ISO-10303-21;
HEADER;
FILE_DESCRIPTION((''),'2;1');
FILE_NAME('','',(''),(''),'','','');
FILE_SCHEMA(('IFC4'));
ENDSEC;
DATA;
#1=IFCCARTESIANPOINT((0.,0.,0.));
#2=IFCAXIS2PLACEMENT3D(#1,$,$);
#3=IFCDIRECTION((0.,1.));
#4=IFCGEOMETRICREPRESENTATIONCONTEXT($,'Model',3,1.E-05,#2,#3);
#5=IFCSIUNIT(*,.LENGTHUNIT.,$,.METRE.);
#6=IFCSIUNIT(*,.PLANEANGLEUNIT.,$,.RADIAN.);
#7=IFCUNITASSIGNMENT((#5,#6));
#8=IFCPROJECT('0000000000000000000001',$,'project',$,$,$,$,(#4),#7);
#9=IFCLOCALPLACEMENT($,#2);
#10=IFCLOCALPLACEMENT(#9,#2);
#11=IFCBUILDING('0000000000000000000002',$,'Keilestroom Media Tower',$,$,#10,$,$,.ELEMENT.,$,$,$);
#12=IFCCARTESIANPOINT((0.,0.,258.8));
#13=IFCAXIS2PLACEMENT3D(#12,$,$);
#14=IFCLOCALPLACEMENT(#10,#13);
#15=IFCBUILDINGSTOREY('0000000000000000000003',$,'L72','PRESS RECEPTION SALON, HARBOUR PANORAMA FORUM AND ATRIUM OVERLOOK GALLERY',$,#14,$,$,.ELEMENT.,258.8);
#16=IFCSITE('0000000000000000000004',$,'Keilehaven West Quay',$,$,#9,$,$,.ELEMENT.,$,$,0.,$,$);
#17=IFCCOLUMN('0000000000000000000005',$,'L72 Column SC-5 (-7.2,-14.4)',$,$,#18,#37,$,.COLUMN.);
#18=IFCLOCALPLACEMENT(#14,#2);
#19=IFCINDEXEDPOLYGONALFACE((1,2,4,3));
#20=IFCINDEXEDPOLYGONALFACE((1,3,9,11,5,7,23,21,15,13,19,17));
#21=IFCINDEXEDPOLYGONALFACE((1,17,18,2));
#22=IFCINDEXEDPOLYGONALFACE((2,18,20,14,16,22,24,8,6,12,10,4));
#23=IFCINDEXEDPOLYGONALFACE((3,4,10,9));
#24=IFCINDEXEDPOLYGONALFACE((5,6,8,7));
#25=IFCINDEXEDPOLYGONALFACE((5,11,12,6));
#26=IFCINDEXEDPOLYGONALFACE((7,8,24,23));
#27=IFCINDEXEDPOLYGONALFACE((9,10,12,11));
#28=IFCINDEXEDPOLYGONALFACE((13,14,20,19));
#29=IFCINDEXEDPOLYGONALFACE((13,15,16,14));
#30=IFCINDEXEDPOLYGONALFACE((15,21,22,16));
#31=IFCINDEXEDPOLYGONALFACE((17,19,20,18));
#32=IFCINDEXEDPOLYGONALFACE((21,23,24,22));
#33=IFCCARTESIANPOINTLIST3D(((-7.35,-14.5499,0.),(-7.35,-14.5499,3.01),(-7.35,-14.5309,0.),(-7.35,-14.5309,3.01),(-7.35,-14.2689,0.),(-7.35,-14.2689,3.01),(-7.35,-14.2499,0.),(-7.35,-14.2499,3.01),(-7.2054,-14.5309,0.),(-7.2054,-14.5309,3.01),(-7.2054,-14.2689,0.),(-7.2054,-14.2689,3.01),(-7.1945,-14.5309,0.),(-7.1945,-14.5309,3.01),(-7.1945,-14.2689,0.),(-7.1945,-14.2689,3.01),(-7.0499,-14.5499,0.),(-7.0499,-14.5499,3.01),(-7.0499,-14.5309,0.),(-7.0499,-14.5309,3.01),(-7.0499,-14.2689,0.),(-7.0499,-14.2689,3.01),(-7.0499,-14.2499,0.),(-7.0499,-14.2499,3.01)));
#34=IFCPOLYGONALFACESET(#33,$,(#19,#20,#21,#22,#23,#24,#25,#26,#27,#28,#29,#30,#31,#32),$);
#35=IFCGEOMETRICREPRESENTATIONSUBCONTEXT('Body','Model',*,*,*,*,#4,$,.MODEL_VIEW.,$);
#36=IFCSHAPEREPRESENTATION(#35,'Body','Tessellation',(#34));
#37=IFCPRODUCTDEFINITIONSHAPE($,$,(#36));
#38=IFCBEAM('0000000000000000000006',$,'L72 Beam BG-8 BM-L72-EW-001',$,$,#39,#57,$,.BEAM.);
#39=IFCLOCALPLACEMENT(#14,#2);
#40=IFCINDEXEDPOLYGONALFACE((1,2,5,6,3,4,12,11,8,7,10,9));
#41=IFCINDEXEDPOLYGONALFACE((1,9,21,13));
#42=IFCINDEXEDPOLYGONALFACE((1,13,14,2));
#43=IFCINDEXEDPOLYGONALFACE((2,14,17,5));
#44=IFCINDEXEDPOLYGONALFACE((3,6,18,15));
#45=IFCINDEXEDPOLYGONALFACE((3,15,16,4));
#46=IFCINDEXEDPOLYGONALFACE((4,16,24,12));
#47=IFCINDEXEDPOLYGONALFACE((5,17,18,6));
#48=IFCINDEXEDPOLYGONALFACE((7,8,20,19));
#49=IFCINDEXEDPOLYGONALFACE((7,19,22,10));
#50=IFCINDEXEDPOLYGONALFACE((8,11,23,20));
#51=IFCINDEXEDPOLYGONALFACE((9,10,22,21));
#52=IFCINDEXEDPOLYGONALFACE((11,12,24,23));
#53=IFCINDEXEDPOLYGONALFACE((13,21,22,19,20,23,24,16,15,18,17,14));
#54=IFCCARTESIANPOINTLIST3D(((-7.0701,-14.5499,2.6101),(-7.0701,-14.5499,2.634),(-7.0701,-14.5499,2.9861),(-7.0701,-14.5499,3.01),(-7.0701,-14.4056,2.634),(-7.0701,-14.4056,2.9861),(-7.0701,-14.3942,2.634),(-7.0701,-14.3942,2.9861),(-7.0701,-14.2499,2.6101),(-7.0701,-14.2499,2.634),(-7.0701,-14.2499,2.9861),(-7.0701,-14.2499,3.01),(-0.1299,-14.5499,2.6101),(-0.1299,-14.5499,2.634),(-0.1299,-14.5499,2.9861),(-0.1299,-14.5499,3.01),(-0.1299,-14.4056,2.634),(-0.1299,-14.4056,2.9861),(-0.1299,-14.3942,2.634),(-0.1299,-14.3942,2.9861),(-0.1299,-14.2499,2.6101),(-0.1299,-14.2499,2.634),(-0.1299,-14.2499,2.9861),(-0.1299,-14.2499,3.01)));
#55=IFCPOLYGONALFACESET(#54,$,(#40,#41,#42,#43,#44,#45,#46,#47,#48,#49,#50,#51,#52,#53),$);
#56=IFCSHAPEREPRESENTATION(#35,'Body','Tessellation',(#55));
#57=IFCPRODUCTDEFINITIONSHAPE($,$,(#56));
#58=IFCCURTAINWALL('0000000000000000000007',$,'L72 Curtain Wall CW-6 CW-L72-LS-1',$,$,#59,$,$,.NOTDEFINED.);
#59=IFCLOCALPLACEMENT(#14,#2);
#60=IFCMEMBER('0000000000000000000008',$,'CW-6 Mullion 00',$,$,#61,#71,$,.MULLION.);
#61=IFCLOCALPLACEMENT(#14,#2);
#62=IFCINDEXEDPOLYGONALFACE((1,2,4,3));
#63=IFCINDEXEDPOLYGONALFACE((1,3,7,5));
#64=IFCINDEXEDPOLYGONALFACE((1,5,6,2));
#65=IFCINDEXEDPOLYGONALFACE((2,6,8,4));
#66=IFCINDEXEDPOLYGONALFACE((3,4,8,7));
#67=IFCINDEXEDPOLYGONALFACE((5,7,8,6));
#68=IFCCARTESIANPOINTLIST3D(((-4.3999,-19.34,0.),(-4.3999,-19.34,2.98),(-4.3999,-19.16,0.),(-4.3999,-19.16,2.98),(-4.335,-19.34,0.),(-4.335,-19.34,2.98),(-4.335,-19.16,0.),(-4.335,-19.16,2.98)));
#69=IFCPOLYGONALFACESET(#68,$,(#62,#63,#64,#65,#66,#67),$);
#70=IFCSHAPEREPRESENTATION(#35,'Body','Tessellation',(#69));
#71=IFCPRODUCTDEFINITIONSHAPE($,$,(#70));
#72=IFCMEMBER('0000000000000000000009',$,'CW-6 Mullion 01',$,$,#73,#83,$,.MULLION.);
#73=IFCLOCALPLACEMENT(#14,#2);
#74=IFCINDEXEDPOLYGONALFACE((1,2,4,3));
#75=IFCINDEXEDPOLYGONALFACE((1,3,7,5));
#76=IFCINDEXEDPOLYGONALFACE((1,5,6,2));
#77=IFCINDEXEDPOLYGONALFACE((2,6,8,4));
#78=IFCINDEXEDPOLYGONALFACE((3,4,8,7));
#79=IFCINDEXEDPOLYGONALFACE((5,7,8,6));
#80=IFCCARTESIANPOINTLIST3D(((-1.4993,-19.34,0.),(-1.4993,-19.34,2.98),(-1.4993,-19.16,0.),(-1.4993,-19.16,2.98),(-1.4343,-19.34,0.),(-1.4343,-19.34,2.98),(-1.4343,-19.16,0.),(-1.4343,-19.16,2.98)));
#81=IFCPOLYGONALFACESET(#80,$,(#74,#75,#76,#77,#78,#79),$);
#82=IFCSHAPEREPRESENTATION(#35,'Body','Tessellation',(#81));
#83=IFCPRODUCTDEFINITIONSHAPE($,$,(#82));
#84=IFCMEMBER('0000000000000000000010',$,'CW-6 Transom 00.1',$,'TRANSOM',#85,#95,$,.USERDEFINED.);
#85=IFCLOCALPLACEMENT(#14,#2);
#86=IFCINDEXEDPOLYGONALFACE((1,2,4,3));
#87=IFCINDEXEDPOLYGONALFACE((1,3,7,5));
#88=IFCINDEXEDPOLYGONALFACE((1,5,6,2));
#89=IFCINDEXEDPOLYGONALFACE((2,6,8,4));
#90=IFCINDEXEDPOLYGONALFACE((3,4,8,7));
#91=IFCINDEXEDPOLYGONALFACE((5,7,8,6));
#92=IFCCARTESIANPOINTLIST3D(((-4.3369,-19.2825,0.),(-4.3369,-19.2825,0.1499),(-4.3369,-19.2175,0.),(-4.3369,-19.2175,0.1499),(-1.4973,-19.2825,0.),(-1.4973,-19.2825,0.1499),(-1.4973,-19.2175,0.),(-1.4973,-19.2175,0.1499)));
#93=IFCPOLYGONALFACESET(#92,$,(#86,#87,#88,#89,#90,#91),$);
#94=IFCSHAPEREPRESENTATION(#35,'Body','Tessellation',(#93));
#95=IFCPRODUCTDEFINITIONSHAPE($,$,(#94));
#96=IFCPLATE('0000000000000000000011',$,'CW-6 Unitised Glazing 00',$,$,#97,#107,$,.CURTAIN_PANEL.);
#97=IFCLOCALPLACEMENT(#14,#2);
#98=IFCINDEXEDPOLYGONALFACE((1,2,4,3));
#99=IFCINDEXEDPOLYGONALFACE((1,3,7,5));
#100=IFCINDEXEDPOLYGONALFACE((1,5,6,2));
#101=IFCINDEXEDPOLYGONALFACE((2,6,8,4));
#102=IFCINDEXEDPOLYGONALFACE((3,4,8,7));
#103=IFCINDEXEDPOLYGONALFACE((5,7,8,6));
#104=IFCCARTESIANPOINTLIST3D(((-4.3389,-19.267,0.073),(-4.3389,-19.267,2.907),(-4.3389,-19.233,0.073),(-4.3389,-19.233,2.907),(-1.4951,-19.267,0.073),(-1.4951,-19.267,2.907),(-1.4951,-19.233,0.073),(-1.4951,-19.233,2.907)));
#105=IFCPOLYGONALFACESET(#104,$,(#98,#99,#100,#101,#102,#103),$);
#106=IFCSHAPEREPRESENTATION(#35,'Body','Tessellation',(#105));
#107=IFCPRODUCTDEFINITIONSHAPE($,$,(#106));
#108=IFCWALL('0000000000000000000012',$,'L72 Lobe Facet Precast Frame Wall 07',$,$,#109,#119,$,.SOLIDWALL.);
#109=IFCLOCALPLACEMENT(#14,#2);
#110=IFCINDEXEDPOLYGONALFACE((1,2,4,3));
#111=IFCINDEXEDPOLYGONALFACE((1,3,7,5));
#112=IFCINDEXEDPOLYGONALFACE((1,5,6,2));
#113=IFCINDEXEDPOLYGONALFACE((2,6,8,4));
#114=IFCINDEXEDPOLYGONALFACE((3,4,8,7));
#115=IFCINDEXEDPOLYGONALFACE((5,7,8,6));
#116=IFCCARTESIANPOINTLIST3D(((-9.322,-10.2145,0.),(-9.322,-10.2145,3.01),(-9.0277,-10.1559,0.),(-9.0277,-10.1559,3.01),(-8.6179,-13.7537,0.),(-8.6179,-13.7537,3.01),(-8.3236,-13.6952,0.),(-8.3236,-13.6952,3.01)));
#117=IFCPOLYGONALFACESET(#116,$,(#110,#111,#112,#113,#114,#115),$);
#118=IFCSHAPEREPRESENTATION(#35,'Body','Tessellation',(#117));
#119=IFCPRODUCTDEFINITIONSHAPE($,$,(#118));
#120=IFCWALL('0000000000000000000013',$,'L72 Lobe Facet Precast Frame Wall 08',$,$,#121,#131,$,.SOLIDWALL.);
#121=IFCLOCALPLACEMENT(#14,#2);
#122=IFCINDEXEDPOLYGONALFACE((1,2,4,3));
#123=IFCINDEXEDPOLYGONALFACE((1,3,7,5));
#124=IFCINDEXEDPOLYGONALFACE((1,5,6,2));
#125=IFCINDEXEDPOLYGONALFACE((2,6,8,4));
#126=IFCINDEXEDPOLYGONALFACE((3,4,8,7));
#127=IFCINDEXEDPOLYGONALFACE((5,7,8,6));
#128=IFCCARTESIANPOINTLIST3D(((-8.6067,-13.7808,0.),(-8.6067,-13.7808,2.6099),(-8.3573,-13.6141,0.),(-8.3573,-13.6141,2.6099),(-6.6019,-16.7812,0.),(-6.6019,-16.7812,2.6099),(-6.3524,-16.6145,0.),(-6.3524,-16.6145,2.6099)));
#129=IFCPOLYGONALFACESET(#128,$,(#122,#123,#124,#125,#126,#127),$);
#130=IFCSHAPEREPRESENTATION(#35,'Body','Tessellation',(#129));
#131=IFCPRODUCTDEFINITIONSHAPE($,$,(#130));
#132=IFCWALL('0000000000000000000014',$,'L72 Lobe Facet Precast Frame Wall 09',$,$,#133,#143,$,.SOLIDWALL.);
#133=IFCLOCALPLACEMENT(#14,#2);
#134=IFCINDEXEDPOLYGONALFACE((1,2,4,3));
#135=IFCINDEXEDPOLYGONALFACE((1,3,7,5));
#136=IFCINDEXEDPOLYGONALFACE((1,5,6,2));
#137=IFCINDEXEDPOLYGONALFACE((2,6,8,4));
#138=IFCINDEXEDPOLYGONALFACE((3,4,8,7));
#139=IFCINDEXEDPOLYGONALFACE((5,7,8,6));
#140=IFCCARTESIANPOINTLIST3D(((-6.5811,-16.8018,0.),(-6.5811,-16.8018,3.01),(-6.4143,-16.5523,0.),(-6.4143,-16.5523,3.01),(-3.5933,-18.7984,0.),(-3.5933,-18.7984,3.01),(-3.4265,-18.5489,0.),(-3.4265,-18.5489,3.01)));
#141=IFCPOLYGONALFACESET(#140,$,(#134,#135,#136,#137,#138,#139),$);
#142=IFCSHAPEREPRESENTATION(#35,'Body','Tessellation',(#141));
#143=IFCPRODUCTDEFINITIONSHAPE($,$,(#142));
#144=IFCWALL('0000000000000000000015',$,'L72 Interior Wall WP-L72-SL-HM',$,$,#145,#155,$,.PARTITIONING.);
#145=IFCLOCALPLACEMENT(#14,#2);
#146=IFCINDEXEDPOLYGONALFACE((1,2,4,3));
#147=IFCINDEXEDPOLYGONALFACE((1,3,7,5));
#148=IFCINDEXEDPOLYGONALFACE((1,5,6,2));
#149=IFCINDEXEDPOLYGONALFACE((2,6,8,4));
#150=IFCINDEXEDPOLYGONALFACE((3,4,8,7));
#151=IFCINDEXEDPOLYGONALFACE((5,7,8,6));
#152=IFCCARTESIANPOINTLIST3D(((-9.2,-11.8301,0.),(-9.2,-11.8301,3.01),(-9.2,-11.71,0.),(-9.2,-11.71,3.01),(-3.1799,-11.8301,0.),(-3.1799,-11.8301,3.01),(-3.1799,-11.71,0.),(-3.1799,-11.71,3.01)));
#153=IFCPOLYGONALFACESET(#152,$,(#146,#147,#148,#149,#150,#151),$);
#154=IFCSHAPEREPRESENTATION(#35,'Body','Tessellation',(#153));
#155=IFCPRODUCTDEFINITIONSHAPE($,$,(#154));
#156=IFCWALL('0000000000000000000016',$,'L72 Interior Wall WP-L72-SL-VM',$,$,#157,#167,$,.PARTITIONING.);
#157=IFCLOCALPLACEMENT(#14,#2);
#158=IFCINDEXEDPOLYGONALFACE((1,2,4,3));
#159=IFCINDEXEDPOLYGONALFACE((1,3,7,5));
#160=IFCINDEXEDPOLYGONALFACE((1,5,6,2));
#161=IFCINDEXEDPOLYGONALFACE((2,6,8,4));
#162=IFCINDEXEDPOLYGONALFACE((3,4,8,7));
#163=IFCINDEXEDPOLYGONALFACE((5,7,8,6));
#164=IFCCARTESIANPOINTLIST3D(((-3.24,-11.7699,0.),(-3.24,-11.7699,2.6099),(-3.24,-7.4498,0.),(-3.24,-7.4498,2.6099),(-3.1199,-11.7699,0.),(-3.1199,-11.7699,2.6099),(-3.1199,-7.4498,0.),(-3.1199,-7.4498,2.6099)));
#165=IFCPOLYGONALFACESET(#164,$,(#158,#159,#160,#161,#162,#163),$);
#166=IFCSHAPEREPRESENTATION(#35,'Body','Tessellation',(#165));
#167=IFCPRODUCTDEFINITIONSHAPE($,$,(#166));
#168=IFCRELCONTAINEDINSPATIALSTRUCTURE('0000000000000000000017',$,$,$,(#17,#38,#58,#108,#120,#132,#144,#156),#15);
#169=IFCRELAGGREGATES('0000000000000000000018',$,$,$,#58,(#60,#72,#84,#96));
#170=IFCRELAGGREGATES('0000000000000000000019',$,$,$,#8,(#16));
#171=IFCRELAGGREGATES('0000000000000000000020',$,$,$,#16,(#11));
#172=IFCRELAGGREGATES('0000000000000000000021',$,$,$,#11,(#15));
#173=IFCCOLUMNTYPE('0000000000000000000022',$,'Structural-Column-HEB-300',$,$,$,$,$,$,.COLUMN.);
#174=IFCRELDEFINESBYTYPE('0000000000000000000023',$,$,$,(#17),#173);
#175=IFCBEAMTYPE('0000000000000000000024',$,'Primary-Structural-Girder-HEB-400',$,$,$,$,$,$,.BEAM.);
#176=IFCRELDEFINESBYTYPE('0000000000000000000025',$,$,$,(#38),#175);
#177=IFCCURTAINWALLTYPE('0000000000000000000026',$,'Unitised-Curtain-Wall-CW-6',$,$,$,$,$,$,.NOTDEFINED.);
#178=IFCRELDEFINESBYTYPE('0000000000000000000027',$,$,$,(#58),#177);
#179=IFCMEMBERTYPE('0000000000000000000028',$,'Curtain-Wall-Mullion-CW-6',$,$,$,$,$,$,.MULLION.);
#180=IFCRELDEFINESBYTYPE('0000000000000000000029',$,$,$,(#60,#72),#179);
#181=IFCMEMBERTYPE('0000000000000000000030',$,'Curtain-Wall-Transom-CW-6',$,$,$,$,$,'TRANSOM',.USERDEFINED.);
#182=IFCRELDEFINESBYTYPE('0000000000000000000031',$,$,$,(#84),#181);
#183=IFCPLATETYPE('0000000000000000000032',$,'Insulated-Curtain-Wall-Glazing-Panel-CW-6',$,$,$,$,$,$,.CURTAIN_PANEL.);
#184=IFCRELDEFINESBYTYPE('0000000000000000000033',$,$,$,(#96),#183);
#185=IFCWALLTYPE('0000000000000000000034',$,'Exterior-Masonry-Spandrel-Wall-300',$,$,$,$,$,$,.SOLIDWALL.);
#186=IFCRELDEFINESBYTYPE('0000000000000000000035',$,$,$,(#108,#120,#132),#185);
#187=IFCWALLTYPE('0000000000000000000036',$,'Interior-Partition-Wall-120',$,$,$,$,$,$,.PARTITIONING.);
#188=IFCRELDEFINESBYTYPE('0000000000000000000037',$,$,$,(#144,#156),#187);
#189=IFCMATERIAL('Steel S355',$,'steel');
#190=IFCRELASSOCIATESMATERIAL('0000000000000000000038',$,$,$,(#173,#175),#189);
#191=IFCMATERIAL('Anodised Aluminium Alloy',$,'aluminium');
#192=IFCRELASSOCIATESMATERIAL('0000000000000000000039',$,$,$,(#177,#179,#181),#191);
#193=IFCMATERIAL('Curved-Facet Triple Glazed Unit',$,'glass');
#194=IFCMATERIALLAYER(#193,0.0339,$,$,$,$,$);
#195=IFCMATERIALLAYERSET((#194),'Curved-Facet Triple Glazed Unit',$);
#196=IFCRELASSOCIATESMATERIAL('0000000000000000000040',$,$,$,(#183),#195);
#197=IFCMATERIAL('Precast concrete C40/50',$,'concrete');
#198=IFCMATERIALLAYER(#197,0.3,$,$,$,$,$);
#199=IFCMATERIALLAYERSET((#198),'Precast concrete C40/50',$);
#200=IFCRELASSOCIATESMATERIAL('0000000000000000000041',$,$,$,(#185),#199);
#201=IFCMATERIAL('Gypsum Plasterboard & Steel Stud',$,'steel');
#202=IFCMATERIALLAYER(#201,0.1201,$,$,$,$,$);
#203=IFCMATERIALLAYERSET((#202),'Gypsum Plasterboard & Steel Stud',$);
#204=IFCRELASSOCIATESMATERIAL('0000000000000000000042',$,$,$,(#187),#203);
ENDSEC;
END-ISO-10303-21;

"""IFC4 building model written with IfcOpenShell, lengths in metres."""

from ifc_helpers import new_model, si_unit, direction, frame, frame_2d, origin, origin_2d, place, context, subcontext, project, spatial, rectangle, i_section, extrude, source, transform, mapped, material, layer, layer_set, material_profile, profile_set, type_object, element, aggregate, save


model = new_model("IFC4")

# Units and contexts
model_context = context("Model", 3, precision=1e-05, world=origin(), true_north=direction((0.0, 1.0)))
body_context = subcontext(model_context, "Body", "Model", "MODEL_VIEW")
ifc_project = project(units=[si_unit("LENGTHUNIT", "METRE"), si_unit("PLANEANGLEUNIT", "RADIAN")], contexts=[model_context])

# Site, building, storey
site_placement = place(None, origin())
site = spatial("IfcSite", under=ifc_project, at=site_placement, Name="Keilehaven West Quay", CompositionType="ELEMENT", RefElevation=0.0)
building_placement = place(site_placement, origin())
building = spatial("IfcBuilding", under=site, at=building_placement, Name="Keilestroom Media Tower", CompositionType="ELEMENT")
storey_placement = place(building_placement, frame((0.0, 0.0, 258.8)))
storey = spatial("IfcBuildingStorey", under=building, at=storey_placement, Name="L72", Description="PRESS RECEPTION SALON, HARBOUR PANORAMA FORUM AND ATRIUM OVERLOOK GALLERY", CompositionType="ELEMENT", Elevation=258.8)

# Column
ifc_material_1 = material(Name="Steel S355", Category="steel")
ifc_material_profile_1 = material_profile(ifc_material_1, i_section(OverallWidth=0.3, OverallDepth=0.3, WebThickness=0.011, FlangeThickness=0.019, at=origin_2d()), Name="HEB 300")
ifc_profile_set_1 = profile_set([ifc_material_profile_1], Name="Steel S355")
column_type = type_object("IfcColumnType", Name="Structural-Column-HEB-300", PredefinedType="COLUMN", material=ifc_profile_set_1)
shared_shape_1 = source(origin(), body_context, "Body", "SweptSolid", [
    extrude(i_section(OverallWidth=0.3, OverallDepth=0.3, WebThickness=0.011, FlangeThickness=0.019, at=origin_2d()), origin(), (0.0, 0.0, 1.0), 3.01),
])
column_placement = place(storey_placement, frame((-7.2, -14.3999, 0.0), z_axis=(0.0, 0.0, 1.0), x_axis=(1.0, 0.0, 0.0)))
element("IfcColumn", 1, at=column_placement, inside=storey, type_object=column_type, Name="L72 Column SC-5 (-7.2,-14.4)", PredefinedType="COLUMN", context=body_context, shape_type="MappedRepresentation", body=[
    mapped(shared_shape_1, transform((0.0, 0.0, 0.0), x_axis=(1.0, 0.0, 0.0), y_axis=(0.0, 1.0, 0.0), z_axis=(0.0, 0.0, 1.0), scale=1.0)),
])

# Beam
ifc_material_profile_2 = material_profile(ifc_material_1, i_section(OverallWidth=0.3, OverallDepth=0.3999, WebThickness=0.0115, FlangeThickness=0.0239, at=origin_2d()), Name="HEB 400")
ifc_profile_set_2 = profile_set([ifc_material_profile_2], Name="Steel S355")
beam_type = type_object("IfcBeamType", Name="Primary-Structural-Girder-HEB-400", PredefinedType="BEAM", material=ifc_profile_set_2)
shared_shape_2 = source(origin(), body_context, "Body", "SweptSolid", [
    extrude(i_section(OverallWidth=0.3, OverallDepth=0.3999, WebThickness=0.0115, FlangeThickness=0.0239, at=origin_2d()), origin(), (0.0, 0.0, 1.0), 6.9402),
])
beam_placement = place(storey_placement, frame((-7.0701, -14.3999, 2.8101), z_axis=(1.0, 0.0, 0.0), x_axis=(0.0, 1.0, 0.0)))
element("IfcBeam", 2, at=beam_placement, inside=storey, type_object=beam_type, Name="L72 Beam BG-8 BM-L72-EW-001", PredefinedType="BEAM", context=body_context, shape_type="MappedRepresentation", body=[
    mapped(shared_shape_2, transform((0.0, 0.0, 0.0), x_axis=(1.0, 0.0, 0.0), y_axis=(0.0, 1.0, 0.0), z_axis=(0.0, 0.0, 1.0), scale=1.0)),
])

# Curtain wall, members, plate
ifc_material_2 = material(Name="Anodised Aluminium Alloy", Category="aluminium")
curtain_wall_type = type_object("IfcCurtainWallType", Name="Unitised-Curtain-Wall-CW-6", PredefinedType="NOTDEFINED", material=ifc_material_2)
curtain_wall_placement = place(storey_placement, origin())
curtain_wall = element("IfcCurtainWall", 3, at=curtain_wall_placement, inside=storey, type_object=curtain_wall_type, Name="L72 Curtain Wall CW-6 CW-L72-LS-1", PredefinedType="NOTDEFINED")
ifc_material_profile_3 = material_profile(ifc_material_2, rectangle(XDim=0.0649, YDim=0.1799, at=origin_2d()), Name="ALU MULLION 65x180")
ifc_profile_set_3 = profile_set([ifc_material_profile_3], Name="Anodised Aluminium Alloy")
member_type_1 = type_object("IfcMemberType", Name="Curtain-Wall-Mullion-CW-6", PredefinedType="MULLION", material=ifc_profile_set_3)
shared_shape_3 = source(origin(), body_context, "Body", "SweptSolid", [
    extrude(rectangle(XDim=0.0649, YDim=0.1799, at=origin_2d()), origin(), (0.0, 0.0, 1.0), 2.98),
])
member_1_placement = place(storey_placement, frame((-4.3674, -19.25, 0.0), z_axis=(0.0, 0.0, 1.0), x_axis=(1.0, 0.0, 0.0)))
member_1 = element("IfcMember", 4, at=member_1_placement, type_object=member_type_1, Name="CW-6 Mullion 00", PredefinedType="MULLION", context=body_context, shape_type="MappedRepresentation", body=[
    mapped(shared_shape_3, transform((0.0, 0.0, 0.0), x_axis=(1.0, 0.0, 0.0), y_axis=(0.0, 1.0, 0.0), z_axis=(0.0, 0.0, 1.0), scale=1.0)),
])
member_2_placement = place(storey_placement, frame((-1.4668, -19.25, 0.0), z_axis=(0.0, 0.0, 1.0), x_axis=(1.0, 0.0, 0.0)))
member_2 = element("IfcMember", 5, at=member_2_placement, type_object=member_type_1, Name="CW-6 Mullion 01", PredefinedType="MULLION", context=body_context, shape_type="MappedRepresentation", body=[
    mapped(shared_shape_3, transform((0.0, 0.0, 0.0), x_axis=(1.0, 0.0, 0.0), y_axis=(0.0, 1.0, 0.0), z_axis=(0.0, 0.0, 1.0), scale=1.0)),
])
ifc_material_profile_4 = material_profile(ifc_material_2, rectangle(XDim=0.0649, YDim=0.1499, at=origin_2d()), Name="ALU TRANSOM 65x150")
ifc_profile_set_4 = profile_set([ifc_material_profile_4], Name="Anodised Aluminium Alloy")
member_type_2 = type_object("IfcMemberType", Name="Curtain-Wall-Transom-CW-6", ElementType="TRANSOM", PredefinedType="USERDEFINED", material=ifc_profile_set_4)
shared_shape_4 = source(origin(), body_context, "Body", "SweptSolid", [
    extrude(rectangle(XDim=0.0649, YDim=0.1499, at=origin_2d()), origin(), (0.0, 0.0, 1.0), 2.8396),
])
member_3_placement = place(storey_placement, frame((-4.3369, -19.25, 0.075), z_axis=(1.0, 0.0, 0.0), x_axis=(0.0, 1.0, 0.0)))
member_3 = element("IfcMember", 6, at=member_3_placement, type_object=member_type_2, Name="CW-6 Transom 00.1", ObjectType="TRANSOM", PredefinedType="USERDEFINED", context=body_context, shape_type="MappedRepresentation", body=[
    mapped(shared_shape_4, transform((0.0, 0.0, 0.0), x_axis=(1.0, 0.0, 0.0), y_axis=(0.0, 1.0, 0.0), z_axis=(0.0, 0.0, 1.0), scale=1.0)),
])
ifc_material_3 = material(Name="Curved-Facet Triple Glazed Unit", Category="glass")
ifc_layer_1 = layer(ifc_material_3, 0.0339)
ifc_layer_set_1 = layer_set([ifc_layer_1], Name="Curved-Facet Triple Glazed Unit")
plate_type = type_object("IfcPlateType", Name="Insulated-Curtain-Wall-Glazing-Panel-CW-6", PredefinedType="CURTAIN_PANEL", material=ifc_layer_set_1)
shared_shape_5 = source(origin(), body_context, "Body", "SweptSolid", [
    extrude(rectangle(XDim=2.8438, YDim=0.0339, at=origin_2d()), origin(), (0.0, 0.0, 1.0), 2.834),
])
plate_placement = place(storey_placement, frame((-2.917, -19.25, 0.073), z_axis=(0.0, 0.0, 1.0), x_axis=(1.0, 0.0, 0.0)))
plate = element("IfcPlate", 7, at=plate_placement, type_object=plate_type, Name="CW-6 Unitised Glazing 00", PredefinedType="CURTAIN_PANEL", context=body_context, shape_type="MappedRepresentation", body=[
    mapped(shared_shape_5, transform((0.0, 0.0, 0.0), x_axis=(1.0, 0.0, 0.0), y_axis=(0.0, 1.0, 0.0), z_axis=(0.0, 0.0, 1.0), scale=1.0)),
])
aggregate(curtain_wall, [member_1, member_2, member_3, plate])

# Walls
ifc_material_4 = material(Name="Precast concrete C40/50", Category="concrete")
ifc_layer_2 = layer(ifc_material_4, 0.3)
ifc_layer_set_2 = layer_set([ifc_layer_2], Name="Precast concrete C40/50")
wall_type_1 = type_object("IfcWallType", Name="Exterior-Masonry-Spandrel-Wall-300", PredefinedType="SOLIDWALL", material=ifc_layer_set_2)
wall_1_placement = place(storey_placement, frame((-9.1748, -10.1853, 0.0), z_axis=(0.0, 0.0, 1.0), x_axis=(0.195114, -0.980781, 0.0)))
element("IfcWall", 8, at=wall_1_placement, inside=storey, type_object=wall_type_1, Name="L72 Lobe Facet Precast Frame Wall 07", PredefinedType="SOLIDWALL", context=body_context, shape_type="SweptSolid", body=[
    extrude(rectangle(XDim=3.6086, YDim=0.3, at=frame_2d((1.8042, 0.0))), origin(), (0.0, 0.0, 1.0), 3.01),
])
wall_2_placement = place(storey_placement, frame((-8.4819, -13.6975, 0.0), z_axis=(0.0, 0.0, 1.0), x_axis=(0.555574, -0.831467, 0.0)))
element("IfcWall", 9, at=wall_2_placement, inside=storey, type_object=wall_type_1, Name="L72 Lobe Facet Precast Frame Wall 08", PredefinedType="SOLIDWALL", context=body_context, shape_type="SweptSolid", body=[
    extrude(rectangle(XDim=3.6086, YDim=0.3, at=frame_2d((1.8042, 0.0))), origin(), (0.0, 0.0, 1.0), 2.6099),
])
wall_3_placement = place(storey_placement, frame((-6.4978, -16.677, 0.0), z_axis=(0.0, 0.0, 1.0), x_axis=(0.831444, -0.555609, 0.0)))
element("IfcWall", 10, at=wall_3_placement, inside=storey, type_object=wall_type_1, Name="L72 Lobe Facet Precast Frame Wall 09", PredefinedType="SOLIDWALL", context=body_context, shape_type="SweptSolid", body=[
    extrude(rectangle(XDim=3.5935, YDim=0.3, at=frame_2d((1.7969, 0.0))), origin(), (0.0, 0.0, 1.0), 3.01),
])
ifc_material_5 = material(Name="Gypsum Plasterboard & Steel Stud", Category="steel")
ifc_layer_3 = layer(ifc_material_5, 0.1201)
ifc_layer_set_3 = layer_set([ifc_layer_3], Name="Gypsum Plasterboard & Steel Stud")
wall_type_2 = type_object("IfcWallType", Name="Interior-Partition-Wall-120", PredefinedType="PARTITIONING", material=ifc_layer_set_3)
wall_4_placement = place(storey_placement, frame((-9.2, -11.77, 0.0), z_axis=(0.0, 0.0, 1.0), x_axis=(1.0, 0.0, 0.0)))
element("IfcWall", 11, at=wall_4_placement, inside=storey, type_object=wall_type_2, Name="L72 Interior Wall WP-L72-SL-HM", PredefinedType="PARTITIONING", context=body_context, shape_type="SweptSolid", body=[
    extrude(rectangle(XDim=6.02, YDim=0.1201, at=frame_2d((3.01, 0.0))), origin(), (0.0, 0.0, 1.0), 3.01),
])
wall_5_placement = place(storey_placement, frame((-3.1799, -11.77, 0.0), z_axis=(0.0, 0.0, 1.0), x_axis=(0.0, 1.0, 0.0)))
element("IfcWall", 12, at=wall_5_placement, inside=storey, type_object=wall_type_2, Name="L72 Interior Wall WP-L72-SL-VM", PredefinedType="PARTITIONING", context=body_context, shape_type="SweptSolid", body=[
    extrude(rectangle(XDim=4.3201, YDim=0.1201, at=frame_2d((2.1602, 0.0))), origin(), (0.0, 0.0, 1.0), 2.6099),
])

save(model, "model.ifc")
